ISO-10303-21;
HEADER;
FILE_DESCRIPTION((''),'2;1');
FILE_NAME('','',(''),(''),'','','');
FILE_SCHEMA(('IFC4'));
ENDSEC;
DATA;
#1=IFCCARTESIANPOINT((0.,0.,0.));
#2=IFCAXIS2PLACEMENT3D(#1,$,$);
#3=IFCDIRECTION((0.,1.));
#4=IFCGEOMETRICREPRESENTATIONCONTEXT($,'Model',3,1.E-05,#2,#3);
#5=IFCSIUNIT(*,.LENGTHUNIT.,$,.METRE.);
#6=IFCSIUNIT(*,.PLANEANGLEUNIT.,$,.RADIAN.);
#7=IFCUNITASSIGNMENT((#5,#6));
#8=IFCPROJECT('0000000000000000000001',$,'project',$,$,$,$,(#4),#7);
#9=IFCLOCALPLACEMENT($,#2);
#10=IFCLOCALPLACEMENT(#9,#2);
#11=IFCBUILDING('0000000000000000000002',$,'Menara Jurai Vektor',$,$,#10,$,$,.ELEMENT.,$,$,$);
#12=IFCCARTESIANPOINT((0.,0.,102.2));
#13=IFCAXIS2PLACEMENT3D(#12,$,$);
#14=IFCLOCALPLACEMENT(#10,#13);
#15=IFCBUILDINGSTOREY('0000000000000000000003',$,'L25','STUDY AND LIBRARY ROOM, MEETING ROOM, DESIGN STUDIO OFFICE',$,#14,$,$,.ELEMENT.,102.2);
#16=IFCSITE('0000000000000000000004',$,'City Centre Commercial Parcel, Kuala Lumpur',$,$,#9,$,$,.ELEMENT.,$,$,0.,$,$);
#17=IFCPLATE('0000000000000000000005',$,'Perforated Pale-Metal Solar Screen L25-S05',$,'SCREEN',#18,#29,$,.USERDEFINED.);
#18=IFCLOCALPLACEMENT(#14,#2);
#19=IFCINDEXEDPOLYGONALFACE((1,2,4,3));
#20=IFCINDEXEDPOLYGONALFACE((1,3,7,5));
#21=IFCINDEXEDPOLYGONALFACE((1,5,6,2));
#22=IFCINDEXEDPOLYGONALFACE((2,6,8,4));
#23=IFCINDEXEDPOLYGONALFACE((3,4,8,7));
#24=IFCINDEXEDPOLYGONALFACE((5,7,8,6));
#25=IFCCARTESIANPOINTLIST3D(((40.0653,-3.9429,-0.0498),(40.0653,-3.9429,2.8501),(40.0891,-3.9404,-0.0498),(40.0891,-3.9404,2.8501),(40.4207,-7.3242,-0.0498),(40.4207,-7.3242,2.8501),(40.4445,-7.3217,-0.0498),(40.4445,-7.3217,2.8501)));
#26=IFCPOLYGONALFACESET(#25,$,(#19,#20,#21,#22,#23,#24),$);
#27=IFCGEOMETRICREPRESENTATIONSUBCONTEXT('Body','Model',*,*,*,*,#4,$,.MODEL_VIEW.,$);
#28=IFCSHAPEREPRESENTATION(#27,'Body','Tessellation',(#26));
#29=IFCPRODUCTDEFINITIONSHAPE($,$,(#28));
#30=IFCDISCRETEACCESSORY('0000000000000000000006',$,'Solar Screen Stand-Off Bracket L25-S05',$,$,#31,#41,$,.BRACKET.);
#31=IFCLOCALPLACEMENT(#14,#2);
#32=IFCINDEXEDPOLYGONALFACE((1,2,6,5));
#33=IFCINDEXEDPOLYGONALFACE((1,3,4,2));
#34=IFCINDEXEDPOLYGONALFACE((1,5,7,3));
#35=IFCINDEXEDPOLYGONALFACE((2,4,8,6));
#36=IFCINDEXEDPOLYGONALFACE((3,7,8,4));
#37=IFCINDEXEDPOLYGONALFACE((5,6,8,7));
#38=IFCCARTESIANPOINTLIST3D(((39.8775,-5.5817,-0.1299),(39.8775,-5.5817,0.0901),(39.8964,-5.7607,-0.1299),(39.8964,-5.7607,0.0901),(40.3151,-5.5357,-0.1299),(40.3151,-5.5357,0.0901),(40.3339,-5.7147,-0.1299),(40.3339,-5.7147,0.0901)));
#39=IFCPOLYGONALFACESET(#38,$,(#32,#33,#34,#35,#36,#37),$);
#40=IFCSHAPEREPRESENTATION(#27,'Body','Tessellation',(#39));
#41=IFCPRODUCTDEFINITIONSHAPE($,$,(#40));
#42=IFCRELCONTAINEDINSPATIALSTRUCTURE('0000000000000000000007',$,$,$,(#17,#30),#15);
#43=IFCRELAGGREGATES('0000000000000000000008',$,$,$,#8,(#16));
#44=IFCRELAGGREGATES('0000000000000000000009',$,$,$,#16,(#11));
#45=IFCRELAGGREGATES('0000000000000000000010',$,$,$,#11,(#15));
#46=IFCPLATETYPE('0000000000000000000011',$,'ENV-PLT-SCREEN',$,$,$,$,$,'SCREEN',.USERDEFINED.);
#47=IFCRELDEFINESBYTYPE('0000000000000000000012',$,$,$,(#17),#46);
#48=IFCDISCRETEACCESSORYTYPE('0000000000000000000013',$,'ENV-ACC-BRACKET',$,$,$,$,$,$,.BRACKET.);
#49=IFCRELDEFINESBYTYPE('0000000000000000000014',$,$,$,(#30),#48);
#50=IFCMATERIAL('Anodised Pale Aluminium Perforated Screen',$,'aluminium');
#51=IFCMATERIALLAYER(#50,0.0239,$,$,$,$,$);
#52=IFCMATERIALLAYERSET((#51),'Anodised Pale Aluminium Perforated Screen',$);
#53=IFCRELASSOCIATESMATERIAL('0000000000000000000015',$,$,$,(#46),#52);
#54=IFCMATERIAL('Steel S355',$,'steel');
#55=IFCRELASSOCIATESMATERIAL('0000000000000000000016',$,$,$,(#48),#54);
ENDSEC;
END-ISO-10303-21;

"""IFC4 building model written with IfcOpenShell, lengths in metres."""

from ifc_helpers import new_model, si_unit, direction, frame, origin, origin_2d, place, context, subcontext, project, spatial, rectangle, extrude, material, layer, layer_set, type_object, element, save


model = new_model("IFC4")

# Units and contexts
model_context = context("Model", 3, precision=1e-05, world=origin(), true_north=direction((0.0, 1.0)))
body_context = subcontext(model_context, "Body", "Model", "MODEL_VIEW")
ifc_project = project(units=[si_unit("LENGTHUNIT", "METRE"), si_unit("PLANEANGLEUNIT", "RADIAN")], contexts=[model_context])

# Site, building, storey
site_placement = place(None, origin())
site = spatial("IfcSite", under=ifc_project, at=site_placement, Name="City Centre Commercial Parcel, Kuala Lumpur", CompositionType="ELEMENT", RefElevation=0.0)
building_placement = place(site_placement, origin())
building = spatial("IfcBuilding", under=site, at=building_placement, Name="Menara Jurai Vektor", CompositionType="ELEMENT")
storey_placement = place(building_placement, frame((0.0, 0.0, 102.2)))
storey = spatial("IfcBuildingStorey", under=building, at=storey_placement, Name="L25", Description="STUDY AND LIBRARY ROOM, MEETING ROOM, DESIGN STUDIO OFFICE", CompositionType="ELEMENT", Elevation=102.2)

# Shared definitions
ifc_material_1 = material(Name="Steel S355", Category="steel")

# Plate
ifc_material_2 = material(Name="Anodised Pale Aluminium Perforated Screen", Category="aluminium")
ifc_layer_1 = layer(ifc_material_2, 0.0239)
ifc_layer_set_1 = layer_set([ifc_layer_1], Name="Anodised Pale Aluminium Perforated Screen")
plate_type_1 = type_object("IfcPlateType", Name="ENV-PLT-SCREEN", ElementType="SCREEN", PredefinedType="USERDEFINED", material=ifc_layer_set_1)
plate_1_placement = place(storey_placement, frame((40.2549, -5.6323, -0.0498), z_axis=(0.0, 0.0, 1.0), x_axis=(-0.104528, 0.994522, 0.0)))
element("IfcPlate", 1, at=plate_1_placement, inside=storey, type_object=plate_type_1, Name="Perforated Pale-Metal Solar Screen L25-S05", ObjectType="SCREEN", PredefinedType="USERDEFINED", context=body_context, shape_type="SweptSolid", body=[
    extrude(rectangle(XDim=3.3999, YDim=0.0239, at=origin_2d()), origin(), (0.0, 0.0, 1.0), 2.8999),
])

# Discrete accessory
discrete_accessory_type = type_object("IfcDiscreteAccessoryType", Name="ENV-ACC-BRACKET", PredefinedType="BRACKET", material=ifc_material_1)
discrete_accessory_placement = place(storey_placement, frame((40.1057, -5.6482, -0.1299), z_axis=(0.0, 0.0, 1.0), x_axis=(-0.104528, 0.994522, 0.0)))
element("IfcDiscreteAccessory", 2, at=discrete_accessory_placement, inside=storey, type_object=discrete_accessory_type, Name="Solar Screen Stand-Off Bracket L25-S05", PredefinedType="BRACKET", context=body_context, shape_type="SweptSolid", body=[
    extrude(rectangle(XDim=0.1799, YDim=0.4399, at=origin_2d()), origin(), (0.0, 0.0, 1.0), 0.22),
])

save(model, "model.ifc")
